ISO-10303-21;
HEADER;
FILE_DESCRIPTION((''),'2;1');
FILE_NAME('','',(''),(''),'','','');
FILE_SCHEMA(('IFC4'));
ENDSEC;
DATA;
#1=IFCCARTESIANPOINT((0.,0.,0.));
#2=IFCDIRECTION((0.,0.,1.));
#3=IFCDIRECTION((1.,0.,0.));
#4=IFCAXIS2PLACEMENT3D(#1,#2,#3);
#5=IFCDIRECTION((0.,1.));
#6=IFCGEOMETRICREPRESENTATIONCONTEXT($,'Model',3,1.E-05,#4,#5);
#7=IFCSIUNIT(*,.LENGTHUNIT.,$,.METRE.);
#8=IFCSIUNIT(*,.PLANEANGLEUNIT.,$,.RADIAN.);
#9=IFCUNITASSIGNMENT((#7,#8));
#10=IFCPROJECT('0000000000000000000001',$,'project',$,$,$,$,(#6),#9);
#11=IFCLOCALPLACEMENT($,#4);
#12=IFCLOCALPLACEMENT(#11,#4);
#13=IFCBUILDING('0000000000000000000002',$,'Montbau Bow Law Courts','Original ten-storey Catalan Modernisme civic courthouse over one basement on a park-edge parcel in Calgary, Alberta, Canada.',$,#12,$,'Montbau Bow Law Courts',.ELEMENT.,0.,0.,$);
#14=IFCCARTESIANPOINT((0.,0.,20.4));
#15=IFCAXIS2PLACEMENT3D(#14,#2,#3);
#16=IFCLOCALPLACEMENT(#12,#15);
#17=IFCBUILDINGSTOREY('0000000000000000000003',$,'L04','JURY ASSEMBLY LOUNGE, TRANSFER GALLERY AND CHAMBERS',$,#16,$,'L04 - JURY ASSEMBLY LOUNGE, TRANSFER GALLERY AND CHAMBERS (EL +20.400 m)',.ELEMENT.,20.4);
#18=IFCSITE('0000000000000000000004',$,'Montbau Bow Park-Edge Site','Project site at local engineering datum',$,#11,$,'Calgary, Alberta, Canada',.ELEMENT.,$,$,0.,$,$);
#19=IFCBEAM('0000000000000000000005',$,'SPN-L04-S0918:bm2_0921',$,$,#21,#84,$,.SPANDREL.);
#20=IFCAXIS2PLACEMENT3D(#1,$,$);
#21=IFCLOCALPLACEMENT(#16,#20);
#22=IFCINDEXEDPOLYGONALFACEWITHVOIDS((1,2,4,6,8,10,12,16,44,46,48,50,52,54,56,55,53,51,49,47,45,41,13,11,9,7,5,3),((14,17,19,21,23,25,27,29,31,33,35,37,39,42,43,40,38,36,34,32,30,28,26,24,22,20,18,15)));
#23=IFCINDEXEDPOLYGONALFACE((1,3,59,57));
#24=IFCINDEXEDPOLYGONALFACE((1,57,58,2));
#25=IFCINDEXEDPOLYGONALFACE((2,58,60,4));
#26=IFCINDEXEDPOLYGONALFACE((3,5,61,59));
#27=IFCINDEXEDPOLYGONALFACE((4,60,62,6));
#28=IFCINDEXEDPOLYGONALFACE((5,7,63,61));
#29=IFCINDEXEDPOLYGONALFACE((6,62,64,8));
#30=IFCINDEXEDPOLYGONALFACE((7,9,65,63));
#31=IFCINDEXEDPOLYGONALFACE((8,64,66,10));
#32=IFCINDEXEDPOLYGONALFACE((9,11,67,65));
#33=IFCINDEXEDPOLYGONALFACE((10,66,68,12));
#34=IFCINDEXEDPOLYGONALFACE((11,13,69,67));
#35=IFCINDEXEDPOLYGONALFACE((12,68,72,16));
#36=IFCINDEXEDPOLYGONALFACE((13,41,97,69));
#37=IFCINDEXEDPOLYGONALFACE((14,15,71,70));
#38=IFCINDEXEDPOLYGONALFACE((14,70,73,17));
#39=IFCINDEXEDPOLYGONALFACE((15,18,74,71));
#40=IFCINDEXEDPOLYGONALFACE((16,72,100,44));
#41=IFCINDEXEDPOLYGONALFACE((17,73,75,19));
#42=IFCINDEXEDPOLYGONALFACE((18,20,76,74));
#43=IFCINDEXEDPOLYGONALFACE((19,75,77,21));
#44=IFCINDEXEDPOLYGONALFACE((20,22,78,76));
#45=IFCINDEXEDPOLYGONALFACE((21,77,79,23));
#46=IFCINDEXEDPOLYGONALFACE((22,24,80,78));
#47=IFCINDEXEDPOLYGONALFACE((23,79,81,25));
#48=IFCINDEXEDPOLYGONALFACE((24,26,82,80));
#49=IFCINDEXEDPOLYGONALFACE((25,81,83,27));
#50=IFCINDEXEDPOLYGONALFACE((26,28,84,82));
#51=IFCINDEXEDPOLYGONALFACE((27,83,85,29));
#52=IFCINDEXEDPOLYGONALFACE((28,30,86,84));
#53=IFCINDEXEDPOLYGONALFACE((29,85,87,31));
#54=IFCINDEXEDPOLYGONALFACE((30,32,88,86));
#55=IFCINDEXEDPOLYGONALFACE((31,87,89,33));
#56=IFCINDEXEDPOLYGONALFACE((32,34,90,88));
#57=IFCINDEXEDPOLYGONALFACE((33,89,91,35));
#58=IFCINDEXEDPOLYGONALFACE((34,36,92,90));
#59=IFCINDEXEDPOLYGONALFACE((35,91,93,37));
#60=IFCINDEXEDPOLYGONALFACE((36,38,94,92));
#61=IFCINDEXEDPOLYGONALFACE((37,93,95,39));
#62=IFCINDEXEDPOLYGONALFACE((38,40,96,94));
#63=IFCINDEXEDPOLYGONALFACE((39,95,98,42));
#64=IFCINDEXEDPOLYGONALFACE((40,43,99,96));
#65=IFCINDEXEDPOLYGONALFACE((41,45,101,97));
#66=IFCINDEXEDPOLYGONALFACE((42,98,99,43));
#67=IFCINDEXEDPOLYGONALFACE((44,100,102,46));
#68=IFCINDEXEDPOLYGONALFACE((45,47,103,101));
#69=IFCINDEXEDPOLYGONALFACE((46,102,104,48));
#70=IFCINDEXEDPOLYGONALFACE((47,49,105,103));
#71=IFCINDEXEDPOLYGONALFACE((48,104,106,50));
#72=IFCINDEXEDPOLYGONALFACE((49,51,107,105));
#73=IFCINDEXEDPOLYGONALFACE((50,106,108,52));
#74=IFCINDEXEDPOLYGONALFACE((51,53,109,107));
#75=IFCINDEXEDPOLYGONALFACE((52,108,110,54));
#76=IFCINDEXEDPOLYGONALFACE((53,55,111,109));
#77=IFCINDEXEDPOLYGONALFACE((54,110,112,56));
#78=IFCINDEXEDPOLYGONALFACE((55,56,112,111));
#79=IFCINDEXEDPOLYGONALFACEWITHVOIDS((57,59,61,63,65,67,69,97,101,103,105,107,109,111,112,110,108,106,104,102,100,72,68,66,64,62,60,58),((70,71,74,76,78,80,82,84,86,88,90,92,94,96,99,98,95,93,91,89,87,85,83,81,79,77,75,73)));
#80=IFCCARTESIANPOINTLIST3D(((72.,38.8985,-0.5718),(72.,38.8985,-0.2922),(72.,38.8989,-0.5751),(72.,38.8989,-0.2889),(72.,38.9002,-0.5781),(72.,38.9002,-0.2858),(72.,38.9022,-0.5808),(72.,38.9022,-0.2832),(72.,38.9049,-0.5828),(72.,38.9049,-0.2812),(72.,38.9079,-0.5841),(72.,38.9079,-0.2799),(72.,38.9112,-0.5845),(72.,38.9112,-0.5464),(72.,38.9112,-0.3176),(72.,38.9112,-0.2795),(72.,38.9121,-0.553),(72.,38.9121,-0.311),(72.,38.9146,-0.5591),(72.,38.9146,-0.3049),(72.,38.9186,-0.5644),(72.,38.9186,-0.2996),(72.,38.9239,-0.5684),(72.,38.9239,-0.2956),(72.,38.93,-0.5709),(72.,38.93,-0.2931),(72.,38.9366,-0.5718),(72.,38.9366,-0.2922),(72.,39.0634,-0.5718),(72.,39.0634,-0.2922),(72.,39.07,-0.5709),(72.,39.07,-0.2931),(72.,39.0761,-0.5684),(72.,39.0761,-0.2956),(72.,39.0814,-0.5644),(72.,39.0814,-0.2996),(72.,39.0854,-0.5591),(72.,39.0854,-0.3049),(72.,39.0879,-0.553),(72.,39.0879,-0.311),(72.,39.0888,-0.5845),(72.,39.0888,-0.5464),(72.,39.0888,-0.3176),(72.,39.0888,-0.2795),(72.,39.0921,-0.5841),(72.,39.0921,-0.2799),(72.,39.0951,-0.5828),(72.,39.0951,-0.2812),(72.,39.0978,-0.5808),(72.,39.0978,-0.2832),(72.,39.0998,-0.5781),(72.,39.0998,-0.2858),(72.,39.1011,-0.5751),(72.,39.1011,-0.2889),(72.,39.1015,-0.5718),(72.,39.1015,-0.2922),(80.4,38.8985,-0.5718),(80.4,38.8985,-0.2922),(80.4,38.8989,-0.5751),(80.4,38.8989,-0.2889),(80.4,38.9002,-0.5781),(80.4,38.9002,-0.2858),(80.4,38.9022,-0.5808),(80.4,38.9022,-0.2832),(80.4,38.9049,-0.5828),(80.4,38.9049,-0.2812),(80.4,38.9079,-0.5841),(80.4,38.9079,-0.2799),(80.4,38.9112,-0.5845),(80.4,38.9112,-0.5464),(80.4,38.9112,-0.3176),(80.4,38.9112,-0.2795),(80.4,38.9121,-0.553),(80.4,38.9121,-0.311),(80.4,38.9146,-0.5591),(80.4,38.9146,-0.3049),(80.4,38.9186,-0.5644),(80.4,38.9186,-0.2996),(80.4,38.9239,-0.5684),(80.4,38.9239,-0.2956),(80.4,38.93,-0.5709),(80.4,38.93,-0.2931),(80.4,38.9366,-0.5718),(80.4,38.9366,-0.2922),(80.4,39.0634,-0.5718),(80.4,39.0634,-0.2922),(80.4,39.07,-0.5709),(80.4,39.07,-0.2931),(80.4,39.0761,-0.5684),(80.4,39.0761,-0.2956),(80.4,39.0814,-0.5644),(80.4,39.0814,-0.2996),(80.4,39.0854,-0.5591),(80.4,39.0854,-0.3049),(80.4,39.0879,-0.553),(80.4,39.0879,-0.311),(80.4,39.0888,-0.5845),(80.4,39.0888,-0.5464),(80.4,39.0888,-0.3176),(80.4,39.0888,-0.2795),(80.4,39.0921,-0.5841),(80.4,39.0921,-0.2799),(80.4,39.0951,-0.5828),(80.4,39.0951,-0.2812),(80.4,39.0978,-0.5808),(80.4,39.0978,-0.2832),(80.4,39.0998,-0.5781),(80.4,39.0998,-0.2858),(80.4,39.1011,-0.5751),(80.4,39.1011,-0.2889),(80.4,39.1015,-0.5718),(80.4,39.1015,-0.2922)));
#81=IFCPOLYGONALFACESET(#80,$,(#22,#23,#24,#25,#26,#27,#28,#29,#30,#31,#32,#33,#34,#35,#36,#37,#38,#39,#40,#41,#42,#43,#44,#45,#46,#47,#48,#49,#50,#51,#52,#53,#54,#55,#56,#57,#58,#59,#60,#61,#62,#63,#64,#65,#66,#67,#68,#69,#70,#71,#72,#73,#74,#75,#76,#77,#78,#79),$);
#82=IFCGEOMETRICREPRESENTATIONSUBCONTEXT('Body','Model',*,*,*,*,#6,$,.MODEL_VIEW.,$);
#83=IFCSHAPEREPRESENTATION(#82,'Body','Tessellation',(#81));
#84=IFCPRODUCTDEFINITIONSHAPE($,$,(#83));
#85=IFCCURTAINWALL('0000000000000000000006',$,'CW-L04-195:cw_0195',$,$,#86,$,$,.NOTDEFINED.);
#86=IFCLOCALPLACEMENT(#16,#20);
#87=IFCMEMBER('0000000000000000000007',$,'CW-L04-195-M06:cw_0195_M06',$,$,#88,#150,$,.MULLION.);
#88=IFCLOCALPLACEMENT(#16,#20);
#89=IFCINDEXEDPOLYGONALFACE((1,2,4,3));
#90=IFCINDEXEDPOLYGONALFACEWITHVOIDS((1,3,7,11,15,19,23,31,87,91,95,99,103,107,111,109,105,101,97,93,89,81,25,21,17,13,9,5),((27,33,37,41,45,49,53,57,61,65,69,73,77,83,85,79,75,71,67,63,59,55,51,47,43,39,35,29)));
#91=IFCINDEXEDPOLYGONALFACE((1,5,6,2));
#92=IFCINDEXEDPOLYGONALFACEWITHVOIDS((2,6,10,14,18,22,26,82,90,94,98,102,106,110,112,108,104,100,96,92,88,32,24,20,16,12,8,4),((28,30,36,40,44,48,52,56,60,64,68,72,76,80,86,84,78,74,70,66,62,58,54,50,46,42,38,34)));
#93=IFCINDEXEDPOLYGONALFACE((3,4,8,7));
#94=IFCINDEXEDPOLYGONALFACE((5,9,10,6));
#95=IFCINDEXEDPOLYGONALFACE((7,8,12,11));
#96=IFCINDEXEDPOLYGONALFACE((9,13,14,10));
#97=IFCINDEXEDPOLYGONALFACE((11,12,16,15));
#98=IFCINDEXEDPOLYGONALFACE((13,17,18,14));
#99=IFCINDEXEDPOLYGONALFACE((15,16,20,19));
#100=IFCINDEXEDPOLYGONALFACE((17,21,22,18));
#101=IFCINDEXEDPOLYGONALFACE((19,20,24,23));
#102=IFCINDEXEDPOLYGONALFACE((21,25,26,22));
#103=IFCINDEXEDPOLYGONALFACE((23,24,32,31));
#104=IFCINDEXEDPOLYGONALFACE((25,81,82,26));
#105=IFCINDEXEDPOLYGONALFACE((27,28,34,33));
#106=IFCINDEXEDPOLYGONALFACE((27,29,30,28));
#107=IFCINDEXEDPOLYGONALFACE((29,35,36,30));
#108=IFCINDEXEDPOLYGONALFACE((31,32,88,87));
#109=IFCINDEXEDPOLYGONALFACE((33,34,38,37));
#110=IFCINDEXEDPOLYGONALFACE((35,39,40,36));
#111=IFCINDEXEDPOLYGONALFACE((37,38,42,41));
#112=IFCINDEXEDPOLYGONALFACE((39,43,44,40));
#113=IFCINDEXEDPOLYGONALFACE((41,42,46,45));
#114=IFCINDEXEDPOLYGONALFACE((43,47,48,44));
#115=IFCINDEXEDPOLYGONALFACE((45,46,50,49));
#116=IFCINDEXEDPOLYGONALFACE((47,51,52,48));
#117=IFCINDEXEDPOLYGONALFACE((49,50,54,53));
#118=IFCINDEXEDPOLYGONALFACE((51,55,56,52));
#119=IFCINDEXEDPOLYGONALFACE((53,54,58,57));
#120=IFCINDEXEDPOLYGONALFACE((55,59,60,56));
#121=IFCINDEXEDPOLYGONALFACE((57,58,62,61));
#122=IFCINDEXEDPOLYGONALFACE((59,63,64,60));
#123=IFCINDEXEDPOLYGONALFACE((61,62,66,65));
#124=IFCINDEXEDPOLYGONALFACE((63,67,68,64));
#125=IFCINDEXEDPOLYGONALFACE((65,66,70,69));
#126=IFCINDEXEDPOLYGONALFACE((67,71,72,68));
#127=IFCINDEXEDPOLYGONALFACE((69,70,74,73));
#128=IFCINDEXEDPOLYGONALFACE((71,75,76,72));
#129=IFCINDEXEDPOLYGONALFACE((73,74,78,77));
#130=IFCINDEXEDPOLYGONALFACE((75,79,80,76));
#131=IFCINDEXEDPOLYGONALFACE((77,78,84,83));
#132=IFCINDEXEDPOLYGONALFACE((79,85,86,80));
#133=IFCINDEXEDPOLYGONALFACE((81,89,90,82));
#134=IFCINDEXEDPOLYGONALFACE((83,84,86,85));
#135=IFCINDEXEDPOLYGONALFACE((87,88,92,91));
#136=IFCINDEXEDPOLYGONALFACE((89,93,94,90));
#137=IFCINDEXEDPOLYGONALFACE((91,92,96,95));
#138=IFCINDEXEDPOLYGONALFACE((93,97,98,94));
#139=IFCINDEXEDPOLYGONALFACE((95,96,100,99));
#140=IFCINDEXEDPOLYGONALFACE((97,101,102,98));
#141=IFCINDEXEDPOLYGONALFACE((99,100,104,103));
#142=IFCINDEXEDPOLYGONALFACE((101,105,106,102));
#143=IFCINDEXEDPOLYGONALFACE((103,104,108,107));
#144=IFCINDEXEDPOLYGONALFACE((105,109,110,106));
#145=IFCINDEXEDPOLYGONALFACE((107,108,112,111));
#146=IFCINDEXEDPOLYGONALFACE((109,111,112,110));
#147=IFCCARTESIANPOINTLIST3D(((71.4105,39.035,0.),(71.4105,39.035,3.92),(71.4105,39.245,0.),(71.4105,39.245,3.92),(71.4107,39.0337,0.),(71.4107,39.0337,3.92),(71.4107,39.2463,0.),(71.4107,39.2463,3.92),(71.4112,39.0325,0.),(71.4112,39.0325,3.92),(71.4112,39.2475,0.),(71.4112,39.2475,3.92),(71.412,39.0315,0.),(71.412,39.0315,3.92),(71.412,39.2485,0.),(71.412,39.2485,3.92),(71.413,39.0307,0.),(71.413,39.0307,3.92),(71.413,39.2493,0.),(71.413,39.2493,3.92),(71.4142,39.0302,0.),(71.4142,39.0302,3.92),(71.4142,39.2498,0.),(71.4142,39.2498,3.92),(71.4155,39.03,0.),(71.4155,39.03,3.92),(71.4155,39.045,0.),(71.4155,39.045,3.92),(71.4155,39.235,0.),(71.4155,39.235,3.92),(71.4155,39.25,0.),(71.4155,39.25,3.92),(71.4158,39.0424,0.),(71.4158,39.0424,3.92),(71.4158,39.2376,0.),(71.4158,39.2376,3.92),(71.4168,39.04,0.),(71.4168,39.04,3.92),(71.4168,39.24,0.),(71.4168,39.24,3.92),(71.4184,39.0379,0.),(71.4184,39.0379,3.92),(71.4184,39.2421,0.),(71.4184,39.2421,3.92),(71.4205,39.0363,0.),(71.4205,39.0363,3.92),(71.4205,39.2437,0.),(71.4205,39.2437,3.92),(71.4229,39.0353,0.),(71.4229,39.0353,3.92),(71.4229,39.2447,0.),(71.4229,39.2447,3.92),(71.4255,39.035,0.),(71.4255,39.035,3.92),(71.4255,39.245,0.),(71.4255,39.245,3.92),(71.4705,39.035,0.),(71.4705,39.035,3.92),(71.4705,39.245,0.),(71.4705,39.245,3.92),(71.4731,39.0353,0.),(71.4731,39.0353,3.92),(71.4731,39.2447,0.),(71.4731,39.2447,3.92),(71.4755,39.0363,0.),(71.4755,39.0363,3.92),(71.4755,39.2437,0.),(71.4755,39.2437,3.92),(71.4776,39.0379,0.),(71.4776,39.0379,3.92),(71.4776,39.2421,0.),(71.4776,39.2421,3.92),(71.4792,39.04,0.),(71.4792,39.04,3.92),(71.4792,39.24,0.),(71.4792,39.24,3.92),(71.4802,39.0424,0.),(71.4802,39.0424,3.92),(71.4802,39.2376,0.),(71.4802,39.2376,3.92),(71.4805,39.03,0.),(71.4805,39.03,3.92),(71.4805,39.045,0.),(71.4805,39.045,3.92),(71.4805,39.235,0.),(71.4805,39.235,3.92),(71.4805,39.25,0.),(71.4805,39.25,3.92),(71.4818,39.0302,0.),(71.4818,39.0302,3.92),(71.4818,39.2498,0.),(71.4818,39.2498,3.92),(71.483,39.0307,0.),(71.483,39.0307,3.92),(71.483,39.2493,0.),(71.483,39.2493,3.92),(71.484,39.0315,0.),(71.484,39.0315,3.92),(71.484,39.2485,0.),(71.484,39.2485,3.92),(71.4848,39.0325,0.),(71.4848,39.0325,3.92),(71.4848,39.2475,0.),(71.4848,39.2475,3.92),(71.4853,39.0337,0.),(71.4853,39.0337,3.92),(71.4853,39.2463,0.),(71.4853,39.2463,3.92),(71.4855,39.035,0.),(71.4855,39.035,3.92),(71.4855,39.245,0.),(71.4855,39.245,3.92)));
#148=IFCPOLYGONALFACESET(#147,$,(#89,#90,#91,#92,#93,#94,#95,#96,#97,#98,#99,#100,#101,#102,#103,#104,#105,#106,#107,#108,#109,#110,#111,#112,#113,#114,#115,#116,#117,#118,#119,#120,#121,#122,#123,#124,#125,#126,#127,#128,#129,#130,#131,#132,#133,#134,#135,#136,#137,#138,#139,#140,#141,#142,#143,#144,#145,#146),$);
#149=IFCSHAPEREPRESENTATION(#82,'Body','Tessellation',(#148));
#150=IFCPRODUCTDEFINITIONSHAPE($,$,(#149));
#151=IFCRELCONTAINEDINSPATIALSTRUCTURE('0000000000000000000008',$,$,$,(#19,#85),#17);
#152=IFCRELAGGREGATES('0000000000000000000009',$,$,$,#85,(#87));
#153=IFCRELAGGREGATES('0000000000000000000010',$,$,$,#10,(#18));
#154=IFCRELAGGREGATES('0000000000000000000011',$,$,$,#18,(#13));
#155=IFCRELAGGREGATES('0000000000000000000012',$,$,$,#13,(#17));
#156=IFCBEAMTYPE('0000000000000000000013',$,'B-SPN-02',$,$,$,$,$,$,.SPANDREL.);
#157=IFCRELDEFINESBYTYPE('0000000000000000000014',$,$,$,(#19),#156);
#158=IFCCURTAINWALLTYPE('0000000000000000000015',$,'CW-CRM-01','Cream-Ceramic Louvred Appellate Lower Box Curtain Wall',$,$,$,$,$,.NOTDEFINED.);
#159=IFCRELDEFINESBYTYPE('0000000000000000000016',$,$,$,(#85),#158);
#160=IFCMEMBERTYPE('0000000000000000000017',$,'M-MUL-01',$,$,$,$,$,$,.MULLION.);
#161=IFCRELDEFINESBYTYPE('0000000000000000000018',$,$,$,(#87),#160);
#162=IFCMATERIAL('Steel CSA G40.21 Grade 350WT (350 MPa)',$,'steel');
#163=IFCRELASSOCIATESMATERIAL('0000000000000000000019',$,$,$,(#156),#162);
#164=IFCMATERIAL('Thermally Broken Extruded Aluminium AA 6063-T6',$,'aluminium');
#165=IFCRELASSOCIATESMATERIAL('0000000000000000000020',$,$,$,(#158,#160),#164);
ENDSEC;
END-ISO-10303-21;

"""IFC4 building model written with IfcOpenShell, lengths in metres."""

from ifc_helpers import new_model, si_unit, direction, frame, origin_with_axes, origin_2d_with_axis, place, context, subcontext, project, spatial, hollow_rectangle, extrude, material, material_profile, profile_set, type_object, element, aggregate, save


model = new_model("IFC4")

# Units and contexts
model_context = context("Model", 3, precision=1e-05, world=origin_with_axes(), true_north=direction((0.0, 1.0)))
body_context = subcontext(model_context, "Body", "Model", "MODEL_VIEW")
ifc_project = project(units=[si_unit("LENGTHUNIT", "METRE"), si_unit("PLANEANGLEUNIT", "RADIAN")], contexts=[model_context])

# Site, building, storey
site_placement = place(None, origin_with_axes())
site = spatial("IfcSite", under=ifc_project, at=site_placement, Name="Montbau Bow Park-Edge Site", Description="Project site at local engineering datum", LongName="Calgary, Alberta, Canada", CompositionType="ELEMENT", RefElevation=0.0)
building_placement = place(site_placement, origin_with_axes())
building = spatial("IfcBuilding", under=site, at=building_placement, Name="Montbau Bow Law Courts", Description="Original ten-storey Catalan Modernisme civic courthouse over one basement on a park-edge parcel in Calgary, Alberta, Canada.", LongName="Montbau Bow Law Courts", CompositionType="ELEMENT", ElevationOfRefHeight=0.0, ElevationOfTerrain=0.0)
storey_placement = place(building_placement, frame((0.0, 0.0, 20.4), z_axis=(0.0, 0.0, 1.0), x_axis=(1.0, 0.0, 0.0)))
storey = spatial("IfcBuildingStorey", under=building, at=storey_placement, Name="L04", Description="JURY ASSEMBLY LOUNGE, TRANSFER GALLERY AND CHAMBERS", LongName="L04 - JURY ASSEMBLY LOUNGE, TRANSFER GALLERY AND CHAMBERS (EL +20.400 m)", CompositionType="ELEMENT", Elevation=20.4)

# Beam
ifc_material_1 = material(Name="Steel CSA G40.21 Grade 350WT (350 MPa)", Category="steel")
ifc_material_profile_1 = material_profile(ifc_material_1, hollow_rectangle(XDim=0.203, YDim=0.305, WallThickness=0.0127, InnerFilletRadius=0.0254, OuterFilletRadius=0.0127, at=origin_2d_with_axis()), Name="HSS305X203X13", Category="Main", Priority=0)
ifc_profile_set_1 = profile_set([ifc_material_profile_1], Name="Steel CSA G40.21 Grade 350WT (350 MPa)")
beam_type_1 = type_object("IfcBeamType", Name="B-SPN-02", PredefinedType="SPANDREL", material=ifc_profile_set_1)
beam_1_placement = place(None, frame((72.0, 39.0, 19.968), z_axis=(1.0, 0.0, 0.0), x_axis=(0.0, 1.0, 0.0)))
element("IfcBeam", 1, at=beam_1_placement, inside=storey, type_object=beam_type_1, Name="SPN-L04-S0918:bm2_0921", PredefinedType="SPANDREL", context=body_context, shape_type="SweptSolid", body=[
    extrude(hollow_rectangle(XDim=0.203, YDim=0.305, WallThickness=0.0127, InnerFilletRadius=0.0254, OuterFilletRadius=0.0127, at=origin_2d_with_axis()), origin_with_axes(), (0.0, 0.0, 1.0), 8.4),
])

# Curtain wall, member
ifc_material_2 = material(Name="Thermally Broken Extruded Aluminium AA 6063-T6", Category="aluminium")
curtain_wall_type = type_object("IfcCurtainWallType", Name="CW-CRM-01", Description="Cream-Ceramic Louvred Appellate Lower Box Curtain Wall", PredefinedType="NOTDEFINED", material=ifc_material_2)
curtain_wall_1_placement = place(None, frame((64.115, 39.14, 20.4), z_axis=(0.0, 0.0, 1.0), x_axis=(1.0, 0.0, 0.0)))
curtain_wall_1 = element("IfcCurtainWall", 2, at=curtain_wall_1_placement, inside=storey, type_object=curtain_wall_type, Name="CW-L04-195:cw_0195", PredefinedType="NOTDEFINED")
ifc_material_profile_2 = material_profile(ifc_material_2, hollow_rectangle(XDim=0.075, YDim=0.22, WallThickness=0.005, InnerFilletRadius=0.01, OuterFilletRadius=0.005, at=origin_2d_with_axis()), Name="CWM-220X75", Category="Main", Priority=0)
ifc_profile_set_2 = profile_set([ifc_material_profile_2], Name="Thermally Broken Extruded Aluminium AA 6063-T6")
member_type_1 = type_object("IfcMemberType", Name="M-MUL-01", PredefinedType="MULLION", material=ifc_profile_set_2)
member_1_placement = place(None, frame((71.448, 39.14, 20.4), z_axis=(0.0, 0.0, 1.0), x_axis=(1.0, 0.0, 0.0)))
member_1 = element("IfcMember", 3, at=member_1_placement, type_object=member_type_1, Name="CW-L04-195-M06:cw_0195_M06", PredefinedType="MULLION", context=body_context, shape_type="SweptSolid", body=[
    extrude(hollow_rectangle(XDim=0.075, YDim=0.22, WallThickness=0.005, InnerFilletRadius=0.01, OuterFilletRadius=0.005, at=origin_2d_with_axis()), origin_with_axes(), (0.0, 0.0, 1.0), 3.92),
])
aggregate(curtain_wall_1, [member_1])

save(model, "model.ifc")
